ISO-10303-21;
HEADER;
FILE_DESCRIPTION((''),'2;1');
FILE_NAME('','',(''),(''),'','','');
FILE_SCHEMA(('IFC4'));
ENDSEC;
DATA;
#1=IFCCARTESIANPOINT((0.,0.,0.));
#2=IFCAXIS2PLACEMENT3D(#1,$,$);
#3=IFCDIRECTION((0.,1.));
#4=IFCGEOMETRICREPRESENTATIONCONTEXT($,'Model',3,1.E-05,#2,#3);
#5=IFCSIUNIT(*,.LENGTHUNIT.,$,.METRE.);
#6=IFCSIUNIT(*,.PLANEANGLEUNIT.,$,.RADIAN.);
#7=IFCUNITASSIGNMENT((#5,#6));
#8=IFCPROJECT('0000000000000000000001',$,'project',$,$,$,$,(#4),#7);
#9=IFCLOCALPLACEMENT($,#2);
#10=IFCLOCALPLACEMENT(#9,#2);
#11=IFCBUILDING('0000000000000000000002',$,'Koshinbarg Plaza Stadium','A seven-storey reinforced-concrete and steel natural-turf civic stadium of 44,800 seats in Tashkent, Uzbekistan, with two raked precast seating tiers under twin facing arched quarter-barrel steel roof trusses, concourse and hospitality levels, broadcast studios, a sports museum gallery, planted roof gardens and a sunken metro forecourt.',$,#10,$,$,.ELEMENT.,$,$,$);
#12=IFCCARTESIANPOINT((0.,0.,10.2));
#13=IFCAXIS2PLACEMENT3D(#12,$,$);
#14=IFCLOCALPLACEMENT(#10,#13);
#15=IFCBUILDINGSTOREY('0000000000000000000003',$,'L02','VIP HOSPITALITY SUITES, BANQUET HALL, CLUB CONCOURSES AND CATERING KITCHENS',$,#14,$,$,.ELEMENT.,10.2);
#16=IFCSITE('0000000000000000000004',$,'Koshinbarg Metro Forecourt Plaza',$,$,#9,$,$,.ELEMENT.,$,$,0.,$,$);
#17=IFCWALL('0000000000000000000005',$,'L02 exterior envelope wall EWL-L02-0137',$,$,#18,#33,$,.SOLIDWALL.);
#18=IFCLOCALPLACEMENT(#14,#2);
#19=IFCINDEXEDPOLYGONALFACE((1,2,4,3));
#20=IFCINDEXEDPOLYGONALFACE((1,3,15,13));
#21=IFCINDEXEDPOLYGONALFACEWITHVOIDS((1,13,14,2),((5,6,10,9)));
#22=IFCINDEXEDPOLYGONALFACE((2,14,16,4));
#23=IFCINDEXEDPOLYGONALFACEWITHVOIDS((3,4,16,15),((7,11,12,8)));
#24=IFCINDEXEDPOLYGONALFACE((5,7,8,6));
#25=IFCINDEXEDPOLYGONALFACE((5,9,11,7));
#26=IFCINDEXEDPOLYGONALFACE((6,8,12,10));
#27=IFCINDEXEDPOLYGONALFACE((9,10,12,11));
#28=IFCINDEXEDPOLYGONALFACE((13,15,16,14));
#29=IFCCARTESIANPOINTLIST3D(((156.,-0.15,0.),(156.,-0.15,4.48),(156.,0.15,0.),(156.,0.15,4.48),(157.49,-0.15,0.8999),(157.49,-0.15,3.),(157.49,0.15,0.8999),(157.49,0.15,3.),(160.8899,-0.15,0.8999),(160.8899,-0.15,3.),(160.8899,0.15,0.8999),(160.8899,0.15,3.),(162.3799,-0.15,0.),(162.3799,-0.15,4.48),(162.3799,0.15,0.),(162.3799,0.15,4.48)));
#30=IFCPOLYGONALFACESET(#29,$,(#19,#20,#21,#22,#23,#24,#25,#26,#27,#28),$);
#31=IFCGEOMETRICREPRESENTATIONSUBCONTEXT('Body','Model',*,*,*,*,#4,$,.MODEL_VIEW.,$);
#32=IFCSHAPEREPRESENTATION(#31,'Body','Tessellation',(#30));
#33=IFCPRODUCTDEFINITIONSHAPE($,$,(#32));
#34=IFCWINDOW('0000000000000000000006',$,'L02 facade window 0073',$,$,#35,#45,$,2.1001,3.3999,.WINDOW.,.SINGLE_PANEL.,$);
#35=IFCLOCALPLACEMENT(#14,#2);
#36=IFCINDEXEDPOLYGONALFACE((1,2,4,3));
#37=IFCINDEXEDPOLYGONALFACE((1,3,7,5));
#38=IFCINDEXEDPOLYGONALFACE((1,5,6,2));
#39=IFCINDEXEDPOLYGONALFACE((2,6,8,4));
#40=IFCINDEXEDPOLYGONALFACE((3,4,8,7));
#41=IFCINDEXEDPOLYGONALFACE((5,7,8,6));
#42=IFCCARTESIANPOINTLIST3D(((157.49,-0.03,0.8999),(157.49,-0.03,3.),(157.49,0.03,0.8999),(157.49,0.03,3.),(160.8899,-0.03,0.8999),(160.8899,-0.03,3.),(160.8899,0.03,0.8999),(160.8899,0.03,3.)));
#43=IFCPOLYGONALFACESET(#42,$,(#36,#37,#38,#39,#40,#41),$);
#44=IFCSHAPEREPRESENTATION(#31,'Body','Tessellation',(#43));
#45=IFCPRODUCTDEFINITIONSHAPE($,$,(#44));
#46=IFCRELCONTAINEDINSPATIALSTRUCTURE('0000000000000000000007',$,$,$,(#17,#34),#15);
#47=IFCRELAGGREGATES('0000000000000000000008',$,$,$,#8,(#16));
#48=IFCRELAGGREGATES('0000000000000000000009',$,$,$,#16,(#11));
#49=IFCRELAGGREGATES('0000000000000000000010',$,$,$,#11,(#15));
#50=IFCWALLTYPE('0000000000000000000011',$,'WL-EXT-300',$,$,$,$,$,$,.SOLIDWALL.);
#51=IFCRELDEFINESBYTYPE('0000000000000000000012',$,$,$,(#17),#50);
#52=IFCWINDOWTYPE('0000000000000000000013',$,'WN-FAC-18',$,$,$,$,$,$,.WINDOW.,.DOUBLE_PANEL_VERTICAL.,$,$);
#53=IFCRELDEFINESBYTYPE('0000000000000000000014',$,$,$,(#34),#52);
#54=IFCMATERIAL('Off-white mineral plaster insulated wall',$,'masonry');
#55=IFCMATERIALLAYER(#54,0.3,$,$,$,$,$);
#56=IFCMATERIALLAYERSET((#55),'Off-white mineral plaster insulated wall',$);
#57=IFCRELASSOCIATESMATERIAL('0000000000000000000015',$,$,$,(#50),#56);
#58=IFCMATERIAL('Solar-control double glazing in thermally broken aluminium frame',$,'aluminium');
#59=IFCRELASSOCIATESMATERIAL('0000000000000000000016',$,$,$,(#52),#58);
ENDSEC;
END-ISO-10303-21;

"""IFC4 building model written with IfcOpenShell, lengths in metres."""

from ifc_helpers import new_model, si_unit, direction, frame, frame_2d, origin, place, context, subcontext, project, spatial, rectangle, extrude, material, layer, layer_set, type_object, element, fill, save


model = new_model("IFC4")

# Units and contexts
model_context = context("Model", 3, precision=1e-05, world=origin(), true_north=direction((0.0, 1.0)))
body_context = subcontext(model_context, "Body", "Model", "MODEL_VIEW")
ifc_project = project(units=[si_unit("LENGTHUNIT", "METRE"), si_unit("PLANEANGLEUNIT", "RADIAN")], contexts=[model_context])

# Site, building, storey
site_placement = place(None, origin())
site = spatial("IfcSite", under=ifc_project, at=site_placement, Name="Koshinbarg Metro Forecourt Plaza", CompositionType="ELEMENT", RefElevation=0.0)
building_placement = place(site_placement, origin())
building = spatial("IfcBuilding", under=site, at=building_placement, Name="Koshinbarg Plaza Stadium", Description="A seven-storey reinforced-concrete and steel natural-turf civic stadium of 44,800 seats in Tashkent, Uzbekistan, with two raked precast seating tiers under twin facing arched quarter-barrel steel roof trusses, concourse and hospitality levels, broadcast studios, a sports museum gallery, planted roof gardens and a sunken metro forecourt.", CompositionType="ELEMENT")
storey_placement = place(building_placement, frame((0.0, 0.0, 10.2)))
storey = spatial("IfcBuildingStorey", under=building, at=storey_placement, Name="L02", Description="VIP HOSPITALITY SUITES, BANQUET HALL, CLUB CONCOURSES AND CATERING KITCHENS", CompositionType="ELEMENT", Elevation=10.2)

# Wall, opening, window
ifc_material_1 = material(Name="Off-white mineral plaster insulated wall", Category="masonry")
ifc_layer_1 = layer(ifc_material_1, 0.3)
ifc_layer_set_1 = layer_set([ifc_layer_1], Name="Off-white mineral plaster insulated wall")
wall_type = type_object("IfcWallType", Name="WL-EXT-300", PredefinedType="SOLIDWALL", material=ifc_layer_set_1)
wall_placement = place(storey_placement, frame((162.3799, 0.0, 0.0), z_axis=(0.0, 0.0, 1.0), x_axis=(-1.0, 0.0, 0.0)))
wall = element("IfcWall", 1, at=wall_placement, inside=storey, type_object=wall_type, Name="L02 exterior envelope wall EWL-L02-0137", PredefinedType="SOLIDWALL", context=body_context, shape_type="SweptSolid", body=[
    extrude(rectangle(XDim=6.3799, YDim=0.3, at=frame_2d((3.1899, 0.0))), origin(), (0.0, 0.0, 1.0), 4.48),
])
opening_placement = place(wall_placement, frame((1.49, 0.0, 0.8999)))
opening = element("IfcOpeningElement", 2, at=opening_placement, cuts=wall, PredefinedType="OPENING", context=body_context, shape_type="SweptSolid", body=[
    extrude(rectangle(XDim=3.3999, YDim=2.1001, at=frame_2d((1.7, 1.05))), frame((0.0, 0.1599, 0.0), z_axis=(0.0, -1.0, 0.0), x_axis=(1.0, 0.0, 0.0)), (0.0, 0.0, 1.0), 0.3201),
])
ifc_material_2 = material(Name="Solar-control double glazing in thermally broken aluminium frame", Category="aluminium")
window_type = type_object("IfcWindowType", Name="WN-FAC-18", PartitioningType="DOUBLE_PANEL_VERTICAL", PredefinedType="WINDOW", material=ifc_material_2)
window_placement = place(opening_placement, origin())
window = element("IfcWindow", 3, at=window_placement, inside=storey, type_object=window_type, Name="L02 facade window 0073", OverallHeight=2.1001, OverallWidth=3.3999, PartitioningType="SINGLE_PANEL", PredefinedType="WINDOW", context=body_context, shape_type="SweptSolid", body=[
    extrude(rectangle(XDim=3.3999, YDim=2.1001, at=frame_2d((1.7, 1.05))), frame((0.0, 0.03, 0.0), z_axis=(0.0, -1.0, 0.0), x_axis=(1.0, 0.0, 0.0)), (0.0, 0.0, 1.0), 0.0601),
])
fill(opening, window)

save(model, "model.ifc")
